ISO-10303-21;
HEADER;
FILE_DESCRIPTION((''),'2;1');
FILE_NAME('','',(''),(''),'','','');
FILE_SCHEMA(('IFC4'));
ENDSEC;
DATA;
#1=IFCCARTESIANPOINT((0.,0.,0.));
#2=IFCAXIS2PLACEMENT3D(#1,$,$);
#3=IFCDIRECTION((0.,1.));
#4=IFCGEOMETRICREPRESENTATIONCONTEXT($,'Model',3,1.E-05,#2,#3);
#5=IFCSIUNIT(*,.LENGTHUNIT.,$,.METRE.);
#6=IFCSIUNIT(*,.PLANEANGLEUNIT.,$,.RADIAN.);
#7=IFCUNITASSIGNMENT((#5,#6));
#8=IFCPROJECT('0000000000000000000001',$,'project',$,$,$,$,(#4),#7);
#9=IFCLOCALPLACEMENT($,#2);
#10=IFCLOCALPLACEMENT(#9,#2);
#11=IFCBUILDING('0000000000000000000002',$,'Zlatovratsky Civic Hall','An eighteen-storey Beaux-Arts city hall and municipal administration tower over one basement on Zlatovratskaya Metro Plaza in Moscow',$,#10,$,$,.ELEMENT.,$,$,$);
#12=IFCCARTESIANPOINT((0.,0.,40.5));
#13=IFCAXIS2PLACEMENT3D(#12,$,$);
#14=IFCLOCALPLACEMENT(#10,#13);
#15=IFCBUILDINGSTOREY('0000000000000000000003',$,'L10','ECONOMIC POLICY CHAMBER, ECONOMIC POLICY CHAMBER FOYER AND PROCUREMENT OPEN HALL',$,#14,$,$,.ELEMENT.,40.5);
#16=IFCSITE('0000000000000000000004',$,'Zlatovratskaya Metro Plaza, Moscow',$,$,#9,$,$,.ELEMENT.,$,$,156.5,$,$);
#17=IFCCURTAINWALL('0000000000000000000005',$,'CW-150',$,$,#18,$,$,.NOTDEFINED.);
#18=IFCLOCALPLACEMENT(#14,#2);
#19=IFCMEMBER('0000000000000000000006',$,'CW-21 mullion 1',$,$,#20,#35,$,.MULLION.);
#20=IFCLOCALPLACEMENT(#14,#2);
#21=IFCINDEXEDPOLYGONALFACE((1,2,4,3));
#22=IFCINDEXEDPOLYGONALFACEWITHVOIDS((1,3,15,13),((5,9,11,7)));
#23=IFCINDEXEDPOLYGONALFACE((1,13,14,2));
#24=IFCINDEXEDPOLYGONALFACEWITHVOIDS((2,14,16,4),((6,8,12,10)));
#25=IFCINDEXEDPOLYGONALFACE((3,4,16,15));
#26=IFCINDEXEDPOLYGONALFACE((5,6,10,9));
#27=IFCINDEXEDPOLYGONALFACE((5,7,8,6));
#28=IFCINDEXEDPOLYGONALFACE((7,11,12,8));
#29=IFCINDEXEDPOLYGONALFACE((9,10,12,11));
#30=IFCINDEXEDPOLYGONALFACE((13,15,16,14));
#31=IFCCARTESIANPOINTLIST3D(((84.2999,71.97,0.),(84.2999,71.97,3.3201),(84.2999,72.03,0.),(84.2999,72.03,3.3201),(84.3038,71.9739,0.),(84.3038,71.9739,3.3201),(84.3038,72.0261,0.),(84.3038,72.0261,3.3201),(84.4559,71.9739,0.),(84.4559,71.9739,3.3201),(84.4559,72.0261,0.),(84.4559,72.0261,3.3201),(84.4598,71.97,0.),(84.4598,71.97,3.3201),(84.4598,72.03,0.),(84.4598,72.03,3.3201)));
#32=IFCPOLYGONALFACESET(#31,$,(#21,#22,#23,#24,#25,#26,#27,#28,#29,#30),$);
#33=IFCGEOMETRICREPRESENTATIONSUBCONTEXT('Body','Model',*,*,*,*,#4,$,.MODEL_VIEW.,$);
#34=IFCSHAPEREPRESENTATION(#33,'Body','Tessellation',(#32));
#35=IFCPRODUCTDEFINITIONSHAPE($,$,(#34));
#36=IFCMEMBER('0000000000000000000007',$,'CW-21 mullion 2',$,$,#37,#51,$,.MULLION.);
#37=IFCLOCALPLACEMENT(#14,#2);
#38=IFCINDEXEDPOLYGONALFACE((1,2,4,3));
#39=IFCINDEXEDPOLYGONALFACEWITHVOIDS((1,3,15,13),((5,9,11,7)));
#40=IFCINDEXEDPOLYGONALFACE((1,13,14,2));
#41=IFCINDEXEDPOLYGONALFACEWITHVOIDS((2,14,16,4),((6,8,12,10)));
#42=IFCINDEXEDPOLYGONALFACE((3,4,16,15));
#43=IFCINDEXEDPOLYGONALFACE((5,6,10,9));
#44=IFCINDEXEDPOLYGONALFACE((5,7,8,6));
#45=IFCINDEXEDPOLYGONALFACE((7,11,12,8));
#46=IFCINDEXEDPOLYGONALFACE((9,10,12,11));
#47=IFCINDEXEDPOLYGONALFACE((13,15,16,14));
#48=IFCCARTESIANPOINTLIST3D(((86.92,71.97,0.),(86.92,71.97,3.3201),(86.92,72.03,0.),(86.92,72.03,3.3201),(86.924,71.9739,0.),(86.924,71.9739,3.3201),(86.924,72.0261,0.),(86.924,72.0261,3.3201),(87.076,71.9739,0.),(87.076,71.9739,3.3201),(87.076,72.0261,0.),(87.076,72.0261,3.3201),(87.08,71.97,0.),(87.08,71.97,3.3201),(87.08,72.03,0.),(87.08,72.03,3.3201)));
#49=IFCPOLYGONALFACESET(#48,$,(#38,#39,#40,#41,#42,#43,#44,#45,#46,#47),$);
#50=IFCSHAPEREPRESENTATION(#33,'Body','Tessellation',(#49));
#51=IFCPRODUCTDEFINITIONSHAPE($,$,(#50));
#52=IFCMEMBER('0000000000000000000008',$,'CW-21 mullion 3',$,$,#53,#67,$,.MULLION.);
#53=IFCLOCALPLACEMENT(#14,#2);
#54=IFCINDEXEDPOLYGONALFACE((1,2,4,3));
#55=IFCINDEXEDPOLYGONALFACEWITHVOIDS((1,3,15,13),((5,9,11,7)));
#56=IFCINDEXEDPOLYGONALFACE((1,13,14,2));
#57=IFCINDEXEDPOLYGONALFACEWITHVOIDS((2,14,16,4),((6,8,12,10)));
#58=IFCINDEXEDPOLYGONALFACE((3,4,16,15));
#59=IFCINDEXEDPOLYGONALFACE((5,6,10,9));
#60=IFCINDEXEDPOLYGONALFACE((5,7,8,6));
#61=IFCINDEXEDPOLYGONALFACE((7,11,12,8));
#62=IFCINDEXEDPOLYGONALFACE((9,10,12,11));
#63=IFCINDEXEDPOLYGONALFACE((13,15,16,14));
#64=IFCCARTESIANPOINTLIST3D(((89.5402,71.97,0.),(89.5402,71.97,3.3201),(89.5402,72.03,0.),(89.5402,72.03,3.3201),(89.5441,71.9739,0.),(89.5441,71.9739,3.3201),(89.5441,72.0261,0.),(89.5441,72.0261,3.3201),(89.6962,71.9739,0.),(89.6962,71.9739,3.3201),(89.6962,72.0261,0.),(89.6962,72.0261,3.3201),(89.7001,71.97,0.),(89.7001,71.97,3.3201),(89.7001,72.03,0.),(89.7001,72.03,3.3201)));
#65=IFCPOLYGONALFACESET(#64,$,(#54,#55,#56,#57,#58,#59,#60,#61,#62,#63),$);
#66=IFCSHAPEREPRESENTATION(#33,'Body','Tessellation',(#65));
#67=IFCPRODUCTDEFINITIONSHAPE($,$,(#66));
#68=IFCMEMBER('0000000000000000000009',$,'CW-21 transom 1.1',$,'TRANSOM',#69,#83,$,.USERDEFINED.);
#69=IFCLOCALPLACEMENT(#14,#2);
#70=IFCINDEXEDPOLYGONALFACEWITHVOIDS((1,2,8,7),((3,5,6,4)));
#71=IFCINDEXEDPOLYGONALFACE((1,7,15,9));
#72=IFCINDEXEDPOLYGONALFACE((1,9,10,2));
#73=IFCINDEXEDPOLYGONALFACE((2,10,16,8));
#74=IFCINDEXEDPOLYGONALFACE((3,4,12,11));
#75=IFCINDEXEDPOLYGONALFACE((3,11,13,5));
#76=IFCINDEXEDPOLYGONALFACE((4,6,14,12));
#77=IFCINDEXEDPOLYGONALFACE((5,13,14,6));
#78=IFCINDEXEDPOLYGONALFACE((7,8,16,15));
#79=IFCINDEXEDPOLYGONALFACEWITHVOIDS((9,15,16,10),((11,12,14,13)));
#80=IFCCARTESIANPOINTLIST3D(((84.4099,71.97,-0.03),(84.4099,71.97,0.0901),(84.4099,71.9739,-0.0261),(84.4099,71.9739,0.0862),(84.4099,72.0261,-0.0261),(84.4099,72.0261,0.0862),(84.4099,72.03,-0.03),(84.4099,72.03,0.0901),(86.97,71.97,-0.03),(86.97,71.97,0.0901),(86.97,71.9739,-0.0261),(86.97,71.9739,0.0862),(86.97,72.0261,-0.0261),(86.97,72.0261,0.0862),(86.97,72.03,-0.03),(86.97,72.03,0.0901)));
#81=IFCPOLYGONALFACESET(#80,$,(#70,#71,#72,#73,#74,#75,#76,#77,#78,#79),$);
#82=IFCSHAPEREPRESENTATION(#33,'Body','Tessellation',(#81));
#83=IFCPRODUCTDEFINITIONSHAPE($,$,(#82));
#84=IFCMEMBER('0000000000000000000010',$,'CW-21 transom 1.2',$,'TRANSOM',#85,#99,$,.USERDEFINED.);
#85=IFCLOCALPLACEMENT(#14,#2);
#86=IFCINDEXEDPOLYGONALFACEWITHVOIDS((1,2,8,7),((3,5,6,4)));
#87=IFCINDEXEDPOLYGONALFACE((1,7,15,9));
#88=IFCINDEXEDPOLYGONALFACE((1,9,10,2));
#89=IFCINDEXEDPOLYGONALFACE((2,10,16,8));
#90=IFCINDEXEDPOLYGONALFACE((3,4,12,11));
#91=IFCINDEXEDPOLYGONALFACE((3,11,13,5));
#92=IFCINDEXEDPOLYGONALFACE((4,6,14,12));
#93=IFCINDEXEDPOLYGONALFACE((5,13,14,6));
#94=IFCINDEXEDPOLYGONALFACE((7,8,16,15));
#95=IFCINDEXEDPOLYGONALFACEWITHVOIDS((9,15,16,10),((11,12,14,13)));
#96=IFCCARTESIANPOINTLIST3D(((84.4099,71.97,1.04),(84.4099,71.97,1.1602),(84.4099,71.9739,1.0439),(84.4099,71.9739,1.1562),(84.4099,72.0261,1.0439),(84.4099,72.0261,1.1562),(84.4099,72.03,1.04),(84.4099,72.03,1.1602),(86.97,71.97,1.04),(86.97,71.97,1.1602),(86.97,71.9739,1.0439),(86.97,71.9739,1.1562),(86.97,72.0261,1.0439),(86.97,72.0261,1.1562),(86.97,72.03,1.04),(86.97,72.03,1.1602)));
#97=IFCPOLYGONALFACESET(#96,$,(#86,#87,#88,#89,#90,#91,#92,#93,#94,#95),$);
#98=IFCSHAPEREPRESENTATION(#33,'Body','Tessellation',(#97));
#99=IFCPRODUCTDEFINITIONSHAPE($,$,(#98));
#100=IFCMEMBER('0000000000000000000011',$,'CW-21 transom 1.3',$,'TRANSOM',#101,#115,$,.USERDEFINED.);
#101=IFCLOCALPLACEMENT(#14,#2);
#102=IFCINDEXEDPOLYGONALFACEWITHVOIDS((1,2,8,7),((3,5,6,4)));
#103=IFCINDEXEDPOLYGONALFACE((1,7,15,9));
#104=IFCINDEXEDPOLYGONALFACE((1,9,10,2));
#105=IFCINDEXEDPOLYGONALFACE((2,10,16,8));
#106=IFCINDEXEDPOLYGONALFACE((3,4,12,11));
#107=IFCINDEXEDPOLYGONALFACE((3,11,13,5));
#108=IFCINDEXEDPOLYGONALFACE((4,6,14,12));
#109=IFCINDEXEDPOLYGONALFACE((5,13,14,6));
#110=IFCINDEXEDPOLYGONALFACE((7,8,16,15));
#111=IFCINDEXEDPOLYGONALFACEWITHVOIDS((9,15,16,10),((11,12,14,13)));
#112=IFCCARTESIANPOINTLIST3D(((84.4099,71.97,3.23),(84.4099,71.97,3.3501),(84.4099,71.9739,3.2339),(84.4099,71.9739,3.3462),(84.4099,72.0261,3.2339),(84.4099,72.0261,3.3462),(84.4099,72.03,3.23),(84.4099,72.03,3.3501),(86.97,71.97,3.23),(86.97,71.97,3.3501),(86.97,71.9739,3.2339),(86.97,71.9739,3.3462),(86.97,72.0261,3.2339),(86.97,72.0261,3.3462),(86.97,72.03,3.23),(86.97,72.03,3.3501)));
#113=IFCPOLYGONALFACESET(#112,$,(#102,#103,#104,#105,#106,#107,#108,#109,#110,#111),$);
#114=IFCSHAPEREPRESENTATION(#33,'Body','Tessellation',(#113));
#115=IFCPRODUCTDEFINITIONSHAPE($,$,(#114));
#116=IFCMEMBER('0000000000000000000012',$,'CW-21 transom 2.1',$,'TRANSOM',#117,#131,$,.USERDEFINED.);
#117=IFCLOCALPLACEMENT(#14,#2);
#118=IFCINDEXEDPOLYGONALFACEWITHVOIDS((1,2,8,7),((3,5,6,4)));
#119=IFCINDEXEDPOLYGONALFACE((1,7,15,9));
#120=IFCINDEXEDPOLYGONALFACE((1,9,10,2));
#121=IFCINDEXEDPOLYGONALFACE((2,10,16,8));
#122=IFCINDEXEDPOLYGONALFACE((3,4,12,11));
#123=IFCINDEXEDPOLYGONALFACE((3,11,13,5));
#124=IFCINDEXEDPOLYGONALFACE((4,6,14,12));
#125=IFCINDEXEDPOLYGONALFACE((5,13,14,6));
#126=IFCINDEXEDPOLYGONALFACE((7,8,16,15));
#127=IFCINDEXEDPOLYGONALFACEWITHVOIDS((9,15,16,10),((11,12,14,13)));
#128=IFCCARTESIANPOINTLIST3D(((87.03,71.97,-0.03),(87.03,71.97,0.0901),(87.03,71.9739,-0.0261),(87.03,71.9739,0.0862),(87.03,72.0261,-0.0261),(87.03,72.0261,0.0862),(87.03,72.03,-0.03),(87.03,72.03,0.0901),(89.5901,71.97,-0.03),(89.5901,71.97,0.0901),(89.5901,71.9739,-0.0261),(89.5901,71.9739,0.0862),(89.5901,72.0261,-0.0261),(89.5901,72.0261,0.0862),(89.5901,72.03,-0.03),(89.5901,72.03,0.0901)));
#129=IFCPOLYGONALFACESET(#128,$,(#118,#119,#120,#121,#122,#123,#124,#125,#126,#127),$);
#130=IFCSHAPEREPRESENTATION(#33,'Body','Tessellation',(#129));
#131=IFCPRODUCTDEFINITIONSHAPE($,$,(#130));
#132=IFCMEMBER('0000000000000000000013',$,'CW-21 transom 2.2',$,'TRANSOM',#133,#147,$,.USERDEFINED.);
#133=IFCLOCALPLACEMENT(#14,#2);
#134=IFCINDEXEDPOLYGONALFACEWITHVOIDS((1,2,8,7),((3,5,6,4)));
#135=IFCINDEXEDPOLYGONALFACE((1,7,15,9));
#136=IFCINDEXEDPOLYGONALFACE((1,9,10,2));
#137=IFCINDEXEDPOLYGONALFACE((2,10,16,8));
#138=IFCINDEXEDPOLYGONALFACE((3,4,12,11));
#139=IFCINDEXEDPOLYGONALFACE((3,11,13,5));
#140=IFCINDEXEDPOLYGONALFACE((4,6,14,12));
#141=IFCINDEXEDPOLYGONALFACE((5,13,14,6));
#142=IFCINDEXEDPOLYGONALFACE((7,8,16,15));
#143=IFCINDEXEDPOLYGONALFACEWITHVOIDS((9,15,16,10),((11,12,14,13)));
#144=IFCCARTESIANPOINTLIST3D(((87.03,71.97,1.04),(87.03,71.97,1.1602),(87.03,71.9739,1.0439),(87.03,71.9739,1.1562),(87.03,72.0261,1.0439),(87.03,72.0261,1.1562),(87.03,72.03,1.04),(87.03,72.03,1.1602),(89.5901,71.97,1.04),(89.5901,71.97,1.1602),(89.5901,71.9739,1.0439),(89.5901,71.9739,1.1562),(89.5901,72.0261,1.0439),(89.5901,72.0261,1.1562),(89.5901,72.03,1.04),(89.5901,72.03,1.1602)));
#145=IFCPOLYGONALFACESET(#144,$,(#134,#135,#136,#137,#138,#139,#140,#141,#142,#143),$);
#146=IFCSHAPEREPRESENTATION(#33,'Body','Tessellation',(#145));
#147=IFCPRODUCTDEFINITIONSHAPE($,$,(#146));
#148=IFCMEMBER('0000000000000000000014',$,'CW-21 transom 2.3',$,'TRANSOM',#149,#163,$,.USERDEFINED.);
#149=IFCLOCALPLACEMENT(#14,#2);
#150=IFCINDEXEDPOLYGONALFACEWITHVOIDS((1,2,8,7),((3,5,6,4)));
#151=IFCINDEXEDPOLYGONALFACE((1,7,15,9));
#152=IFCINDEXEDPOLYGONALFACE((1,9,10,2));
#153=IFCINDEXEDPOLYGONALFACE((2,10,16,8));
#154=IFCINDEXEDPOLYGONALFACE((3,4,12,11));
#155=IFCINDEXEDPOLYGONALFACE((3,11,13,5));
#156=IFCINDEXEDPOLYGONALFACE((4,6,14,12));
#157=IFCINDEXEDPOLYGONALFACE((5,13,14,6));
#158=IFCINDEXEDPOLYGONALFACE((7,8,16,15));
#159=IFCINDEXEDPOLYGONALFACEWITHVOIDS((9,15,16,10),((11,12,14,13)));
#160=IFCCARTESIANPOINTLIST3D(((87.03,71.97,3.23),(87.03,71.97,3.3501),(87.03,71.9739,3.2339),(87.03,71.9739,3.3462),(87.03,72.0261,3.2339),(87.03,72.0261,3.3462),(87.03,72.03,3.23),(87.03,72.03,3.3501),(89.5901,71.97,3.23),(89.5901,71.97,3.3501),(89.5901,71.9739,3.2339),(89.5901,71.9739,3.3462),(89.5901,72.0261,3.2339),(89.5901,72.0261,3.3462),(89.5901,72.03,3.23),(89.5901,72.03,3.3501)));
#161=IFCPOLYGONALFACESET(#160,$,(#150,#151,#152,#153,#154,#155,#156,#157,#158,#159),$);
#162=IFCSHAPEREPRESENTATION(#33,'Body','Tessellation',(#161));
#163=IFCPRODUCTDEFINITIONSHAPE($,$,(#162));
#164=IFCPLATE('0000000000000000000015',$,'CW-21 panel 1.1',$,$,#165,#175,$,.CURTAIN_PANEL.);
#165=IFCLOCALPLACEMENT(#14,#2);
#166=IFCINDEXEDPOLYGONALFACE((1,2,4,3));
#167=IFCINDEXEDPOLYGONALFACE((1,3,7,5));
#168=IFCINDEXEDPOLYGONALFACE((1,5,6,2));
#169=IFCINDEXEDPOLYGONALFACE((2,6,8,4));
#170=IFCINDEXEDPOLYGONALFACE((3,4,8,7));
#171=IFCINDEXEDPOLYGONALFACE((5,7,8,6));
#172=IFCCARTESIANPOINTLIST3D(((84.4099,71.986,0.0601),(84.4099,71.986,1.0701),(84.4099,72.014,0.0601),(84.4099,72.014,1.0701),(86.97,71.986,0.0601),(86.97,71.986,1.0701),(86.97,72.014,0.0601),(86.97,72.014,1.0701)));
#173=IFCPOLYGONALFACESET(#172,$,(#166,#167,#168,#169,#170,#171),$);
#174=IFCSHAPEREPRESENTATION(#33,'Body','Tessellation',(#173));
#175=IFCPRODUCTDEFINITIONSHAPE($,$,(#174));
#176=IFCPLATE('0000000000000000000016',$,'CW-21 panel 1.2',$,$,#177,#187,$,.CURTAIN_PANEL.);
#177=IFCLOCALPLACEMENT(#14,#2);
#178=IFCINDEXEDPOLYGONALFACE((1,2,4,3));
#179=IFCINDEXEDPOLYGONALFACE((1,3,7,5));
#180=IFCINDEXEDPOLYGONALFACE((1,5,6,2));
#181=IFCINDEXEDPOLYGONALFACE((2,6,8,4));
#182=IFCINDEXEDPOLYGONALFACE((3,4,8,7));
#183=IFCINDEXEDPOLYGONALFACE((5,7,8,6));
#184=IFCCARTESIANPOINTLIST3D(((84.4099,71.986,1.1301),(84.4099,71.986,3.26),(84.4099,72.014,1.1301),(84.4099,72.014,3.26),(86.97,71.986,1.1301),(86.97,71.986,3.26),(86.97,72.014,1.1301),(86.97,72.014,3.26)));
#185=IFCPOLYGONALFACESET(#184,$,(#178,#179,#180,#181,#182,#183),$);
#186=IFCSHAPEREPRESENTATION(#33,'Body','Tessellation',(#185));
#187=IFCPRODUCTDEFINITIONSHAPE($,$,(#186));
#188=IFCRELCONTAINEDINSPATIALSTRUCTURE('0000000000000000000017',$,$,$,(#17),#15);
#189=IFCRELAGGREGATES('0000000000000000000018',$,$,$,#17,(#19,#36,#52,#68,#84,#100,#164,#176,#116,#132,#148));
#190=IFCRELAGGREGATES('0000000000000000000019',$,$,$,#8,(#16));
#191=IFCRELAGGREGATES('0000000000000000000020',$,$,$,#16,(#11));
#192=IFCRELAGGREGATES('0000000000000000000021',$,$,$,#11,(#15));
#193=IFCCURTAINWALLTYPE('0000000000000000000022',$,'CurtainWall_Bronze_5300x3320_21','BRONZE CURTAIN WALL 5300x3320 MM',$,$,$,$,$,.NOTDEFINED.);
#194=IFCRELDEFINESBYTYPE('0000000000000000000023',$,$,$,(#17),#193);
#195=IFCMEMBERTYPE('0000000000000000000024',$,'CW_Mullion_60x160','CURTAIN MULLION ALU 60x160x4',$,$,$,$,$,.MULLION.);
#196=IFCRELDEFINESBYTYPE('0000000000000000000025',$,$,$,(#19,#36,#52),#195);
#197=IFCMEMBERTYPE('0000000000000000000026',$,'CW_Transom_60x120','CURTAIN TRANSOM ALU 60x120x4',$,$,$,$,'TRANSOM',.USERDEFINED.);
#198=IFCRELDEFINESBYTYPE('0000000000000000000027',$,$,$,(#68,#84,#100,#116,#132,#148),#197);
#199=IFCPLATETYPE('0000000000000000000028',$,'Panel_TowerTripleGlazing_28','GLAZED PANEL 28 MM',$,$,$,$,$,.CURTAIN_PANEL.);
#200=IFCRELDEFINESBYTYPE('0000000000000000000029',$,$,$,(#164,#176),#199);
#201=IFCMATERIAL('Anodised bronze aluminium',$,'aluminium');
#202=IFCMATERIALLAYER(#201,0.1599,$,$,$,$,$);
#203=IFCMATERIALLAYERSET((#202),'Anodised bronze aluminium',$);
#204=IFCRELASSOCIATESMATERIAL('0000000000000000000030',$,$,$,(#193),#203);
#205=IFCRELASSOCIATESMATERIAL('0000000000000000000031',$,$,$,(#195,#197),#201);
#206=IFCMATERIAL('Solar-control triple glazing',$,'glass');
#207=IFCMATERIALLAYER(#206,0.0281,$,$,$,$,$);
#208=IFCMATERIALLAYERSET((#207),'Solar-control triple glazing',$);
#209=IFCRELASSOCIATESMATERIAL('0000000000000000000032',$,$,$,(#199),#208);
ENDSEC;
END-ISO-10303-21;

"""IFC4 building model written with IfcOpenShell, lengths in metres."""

from ifc_helpers import new_model, si_unit, direction, frame, origin, origin_2d, place, context, subcontext, project, spatial, rectangle, hollow_rectangle, extrude, material, layer, layer_set, material_profile, profile_set, type_object, element, aggregate, save


model = new_model("IFC4")

# Units and contexts
model_context = context("Model", 3, precision=1e-05, world=origin(), true_north=direction((0.0, 1.0)))
body_context = subcontext(model_context, "Body", "Model", "MODEL_VIEW")
ifc_project = project(units=[si_unit("LENGTHUNIT", "METRE"), si_unit("PLANEANGLEUNIT", "RADIAN")], contexts=[model_context])

# Site, building, storey
site_placement = place(None, origin())
site = spatial("IfcSite", under=ifc_project, at=site_placement, Name="Zlatovratskaya Metro Plaza, Moscow", CompositionType="ELEMENT", RefElevation=156.5)
building_placement = place(site_placement, origin())
building = spatial("IfcBuilding", under=site, at=building_placement, Name="Zlatovratsky Civic Hall", Description="An eighteen-storey Beaux-Arts city hall and municipal administration tower over one basement on Zlatovratskaya Metro Plaza in Moscow", CompositionType="ELEMENT")
storey_placement = place(building_placement, frame((0.0, 0.0, 40.5)))
storey = spatial("IfcBuildingStorey", under=building, at=storey_placement, Name="L10", Description="ECONOMIC POLICY CHAMBER, ECONOMIC POLICY CHAMBER FOYER AND PROCUREMENT OPEN HALL", CompositionType="ELEMENT", Elevation=40.5)

# Shared definitions
ifc_material_1 = material(Name="Anodised bronze aluminium", Category="aluminium")
ifc_layer_1 = layer(ifc_material_1, 0.1599)
ifc_layer_set_1 = layer_set([ifc_layer_1], Name="Anodised bronze aluminium")
curtain_wall_type = type_object("IfcCurtainWallType", Name="CurtainWall_Bronze_5300x3320_21", Description="BRONZE CURTAIN WALL 5300x3320 MM", PredefinedType="NOTDEFINED", material=ifc_layer_set_1)
ifc_material_profile_1 = material_profile(ifc_material_1, hollow_rectangle(XDim=0.0601, YDim=0.1599, WallThickness=0.0039, at=origin_2d()), Name="ALU 60x160x4")
ifc_profile_set_1 = profile_set([ifc_material_profile_1], Name="Anodised bronze aluminium")
member_type_1 = type_object("IfcMemberType", Name="CW_Mullion_60x160", Description="CURTAIN MULLION ALU 60x160x4", PredefinedType="MULLION", material=ifc_profile_set_1)

# Curtain wall, members, plates
curtain_wall_1_placement = place(storey_placement, origin())
curtain_wall_1 = element("IfcCurtainWall", 1, at=curtain_wall_1_placement, inside=storey, type_object=curtain_wall_type, Name="CW-150", PredefinedType="NOTDEFINED")
member_1_placement = place(storey_placement, frame((84.3799, 72.0, 0.0), z_axis=(0.0, 0.0, 1.0), x_axis=(0.0, 1.0, 0.0)))
member_1 = element("IfcMember", 2, at=member_1_placement, type_object=member_type_1, Name="CW-21 mullion 1", PredefinedType="MULLION", context=body_context, shape_type="SweptSolid", body=[
    extrude(hollow_rectangle(XDim=0.0601, YDim=0.1599, WallThickness=0.0039, at=origin_2d()), origin(), (0.0, 0.0, 1.0), 3.3201),
])
member_2_placement = place(storey_placement, frame((87.0, 72.0, 0.0), z_axis=(0.0, 0.0, 1.0), x_axis=(0.0, 1.0, 0.0)))
member_2 = element("IfcMember", 3, at=member_2_placement, type_object=member_type_1, Name="CW-21 mullion 2", PredefinedType="MULLION", context=body_context, shape_type="SweptSolid", body=[
    extrude(hollow_rectangle(XDim=0.0601, YDim=0.1599, WallThickness=0.0039, at=origin_2d()), origin(), (0.0, 0.0, 1.0), 3.3201),
])
member_3_placement = place(storey_placement, frame((89.6201, 72.0, 0.0), z_axis=(0.0, 0.0, 1.0), x_axis=(0.0, 1.0, 0.0)))
member_3 = element("IfcMember", 4, at=member_3_placement, type_object=member_type_1, Name="CW-21 mullion 3", PredefinedType="MULLION", context=body_context, shape_type="SweptSolid", body=[
    extrude(hollow_rectangle(XDim=0.0601, YDim=0.1599, WallThickness=0.0039, at=origin_2d()), origin(), (0.0, 0.0, 1.0), 3.3201),
])
ifc_material_profile_2 = material_profile(ifc_material_1, hollow_rectangle(XDim=0.0601, YDim=0.1201, WallThickness=0.0039, at=origin_2d()), Name="ALU 60x120x4")
ifc_profile_set_2 = profile_set([ifc_material_profile_2], Name="Anodised bronze aluminium")
member_type_2 = type_object("IfcMemberType", Name="CW_Transom_60x120", Description="CURTAIN TRANSOM ALU 60x120x4", ElementType="TRANSOM", PredefinedType="USERDEFINED", material=ifc_profile_set_2)
member_4_placement = place(storey_placement, frame((84.4099, 72.0, 0.03), z_axis=(1.0, 0.0, 0.0), x_axis=(0.0, 1.0, 0.0)))
member_4 = element("IfcMember", 5, at=member_4_placement, type_object=member_type_2, Name="CW-21 transom 1.1", ObjectType="TRANSOM", PredefinedType="USERDEFINED", context=body_context, shape_type="SweptSolid", body=[
    extrude(hollow_rectangle(XDim=0.0601, YDim=0.1201, WallThickness=0.0039, at=origin_2d()), origin(), (0.0, 0.0, 1.0), 2.5601),
])
member_5_placement = place(storey_placement, frame((84.4099, 72.0, 1.1001), z_axis=(1.0, 0.0, 0.0), x_axis=(0.0, 1.0, 0.0)))
member_5 = element("IfcMember", 6, at=member_5_placement, type_object=member_type_2, Name="CW-21 transom 1.2", ObjectType="TRANSOM", PredefinedType="USERDEFINED", context=body_context, shape_type="SweptSolid", body=[
    extrude(hollow_rectangle(XDim=0.0601, YDim=0.1201, WallThickness=0.0039, at=origin_2d()), origin(), (0.0, 0.0, 1.0), 2.5601),
])
member_6_placement = place(storey_placement, frame((84.4099, 72.0, 3.29), z_axis=(1.0, 0.0, 0.0), x_axis=(0.0, 1.0, 0.0)))
member_6 = element("IfcMember", 7, at=member_6_placement, type_object=member_type_2, Name="CW-21 transom 1.3", ObjectType="TRANSOM", PredefinedType="USERDEFINED", context=body_context, shape_type="SweptSolid", body=[
    extrude(hollow_rectangle(XDim=0.0601, YDim=0.1201, WallThickness=0.0039, at=origin_2d()), origin(), (0.0, 0.0, 1.0), 2.5601),
])
member_7_placement = place(storey_placement, frame((87.03, 72.0, 0.03), z_axis=(1.0, 0.0, 0.0), x_axis=(0.0, 1.0, 0.0)))
member_7 = element("IfcMember", 8, at=member_7_placement, type_object=member_type_2, Name="CW-21 transom 2.1", ObjectType="TRANSOM", PredefinedType="USERDEFINED", context=body_context, shape_type="SweptSolid", body=[
    extrude(hollow_rectangle(XDim=0.0601, YDim=0.1201, WallThickness=0.0039, at=origin_2d()), origin(), (0.0, 0.0, 1.0), 2.5601),
])
member_8_placement = place(storey_placement, frame((87.03, 72.0, 1.1001), z_axis=(1.0, 0.0, 0.0), x_axis=(0.0, 1.0, 0.0)))
member_8 = element("IfcMember", 9, at=member_8_placement, type_object=member_type_2, Name="CW-21 transom 2.2", ObjectType="TRANSOM", PredefinedType="USERDEFINED", context=body_context, shape_type="SweptSolid", body=[
    extrude(hollow_rectangle(XDim=0.0601, YDim=0.1201, WallThickness=0.0039, at=origin_2d()), origin(), (0.0, 0.0, 1.0), 2.5601),
])
member_9_placement = place(storey_placement, frame((87.03, 72.0, 3.29), z_axis=(1.0, 0.0, 0.0), x_axis=(0.0, 1.0, 0.0)))
member_9 = element("IfcMember", 10, at=member_9_placement, type_object=member_type_2, Name="CW-21 transom 2.3", ObjectType="TRANSOM", PredefinedType="USERDEFINED", context=body_context, shape_type="SweptSolid", body=[
    extrude(hollow_rectangle(XDim=0.0601, YDim=0.1201, WallThickness=0.0039, at=origin_2d()), origin(), (0.0, 0.0, 1.0), 2.5601),
])
ifc_material_2 = material(Name="Solar-control triple glazing", Category="glass")
ifc_layer_2 = layer(ifc_material_2, 0.0281)
ifc_layer_set_2 = layer_set([ifc_layer_2], Name="Solar-control triple glazing")
plate_type = type_object("IfcPlateType", Name="Panel_TowerTripleGlazing_28", Description="GLAZED PANEL 28 MM", PredefinedType="CURTAIN_PANEL", material=ifc_layer_set_2)
plate_1_placement = place(storey_placement, frame((85.6899, 72.0, 0.0601), z_axis=(0.0, 0.0, 1.0), x_axis=(1.0, 0.0, 0.0)))
plate_1 = element("IfcPlate", 11, at=plate_1_placement, type_object=plate_type, Name="CW-21 panel 1.1", PredefinedType="CURTAIN_PANEL", context=body_context, shape_type="SweptSolid", body=[
    extrude(rectangle(XDim=2.5601, YDim=0.0281, at=origin_2d()), origin(), (0.0, 0.0, 1.0), 1.01),
])
plate_2_placement = place(storey_placement, frame((85.6899, 72.0, 1.1301), z_axis=(0.0, 0.0, 1.0), x_axis=(1.0, 0.0, 0.0)))
plate_2 = element("IfcPlate", 12, at=plate_2_placement, type_object=plate_type, Name="CW-21 panel 1.2", PredefinedType="CURTAIN_PANEL", context=body_context, shape_type="SweptSolid", body=[
    extrude(rectangle(XDim=2.5601, YDim=0.0281, at=origin_2d()), origin(), (0.0, 0.0, 1.0), 2.1299),
])
aggregate(curtain_wall_1, [member_1, member_2, member_3, member_4, member_5, member_6, plate_1, plate_2, member_7, member_8, member_9])

save(model, "model.ifc")
